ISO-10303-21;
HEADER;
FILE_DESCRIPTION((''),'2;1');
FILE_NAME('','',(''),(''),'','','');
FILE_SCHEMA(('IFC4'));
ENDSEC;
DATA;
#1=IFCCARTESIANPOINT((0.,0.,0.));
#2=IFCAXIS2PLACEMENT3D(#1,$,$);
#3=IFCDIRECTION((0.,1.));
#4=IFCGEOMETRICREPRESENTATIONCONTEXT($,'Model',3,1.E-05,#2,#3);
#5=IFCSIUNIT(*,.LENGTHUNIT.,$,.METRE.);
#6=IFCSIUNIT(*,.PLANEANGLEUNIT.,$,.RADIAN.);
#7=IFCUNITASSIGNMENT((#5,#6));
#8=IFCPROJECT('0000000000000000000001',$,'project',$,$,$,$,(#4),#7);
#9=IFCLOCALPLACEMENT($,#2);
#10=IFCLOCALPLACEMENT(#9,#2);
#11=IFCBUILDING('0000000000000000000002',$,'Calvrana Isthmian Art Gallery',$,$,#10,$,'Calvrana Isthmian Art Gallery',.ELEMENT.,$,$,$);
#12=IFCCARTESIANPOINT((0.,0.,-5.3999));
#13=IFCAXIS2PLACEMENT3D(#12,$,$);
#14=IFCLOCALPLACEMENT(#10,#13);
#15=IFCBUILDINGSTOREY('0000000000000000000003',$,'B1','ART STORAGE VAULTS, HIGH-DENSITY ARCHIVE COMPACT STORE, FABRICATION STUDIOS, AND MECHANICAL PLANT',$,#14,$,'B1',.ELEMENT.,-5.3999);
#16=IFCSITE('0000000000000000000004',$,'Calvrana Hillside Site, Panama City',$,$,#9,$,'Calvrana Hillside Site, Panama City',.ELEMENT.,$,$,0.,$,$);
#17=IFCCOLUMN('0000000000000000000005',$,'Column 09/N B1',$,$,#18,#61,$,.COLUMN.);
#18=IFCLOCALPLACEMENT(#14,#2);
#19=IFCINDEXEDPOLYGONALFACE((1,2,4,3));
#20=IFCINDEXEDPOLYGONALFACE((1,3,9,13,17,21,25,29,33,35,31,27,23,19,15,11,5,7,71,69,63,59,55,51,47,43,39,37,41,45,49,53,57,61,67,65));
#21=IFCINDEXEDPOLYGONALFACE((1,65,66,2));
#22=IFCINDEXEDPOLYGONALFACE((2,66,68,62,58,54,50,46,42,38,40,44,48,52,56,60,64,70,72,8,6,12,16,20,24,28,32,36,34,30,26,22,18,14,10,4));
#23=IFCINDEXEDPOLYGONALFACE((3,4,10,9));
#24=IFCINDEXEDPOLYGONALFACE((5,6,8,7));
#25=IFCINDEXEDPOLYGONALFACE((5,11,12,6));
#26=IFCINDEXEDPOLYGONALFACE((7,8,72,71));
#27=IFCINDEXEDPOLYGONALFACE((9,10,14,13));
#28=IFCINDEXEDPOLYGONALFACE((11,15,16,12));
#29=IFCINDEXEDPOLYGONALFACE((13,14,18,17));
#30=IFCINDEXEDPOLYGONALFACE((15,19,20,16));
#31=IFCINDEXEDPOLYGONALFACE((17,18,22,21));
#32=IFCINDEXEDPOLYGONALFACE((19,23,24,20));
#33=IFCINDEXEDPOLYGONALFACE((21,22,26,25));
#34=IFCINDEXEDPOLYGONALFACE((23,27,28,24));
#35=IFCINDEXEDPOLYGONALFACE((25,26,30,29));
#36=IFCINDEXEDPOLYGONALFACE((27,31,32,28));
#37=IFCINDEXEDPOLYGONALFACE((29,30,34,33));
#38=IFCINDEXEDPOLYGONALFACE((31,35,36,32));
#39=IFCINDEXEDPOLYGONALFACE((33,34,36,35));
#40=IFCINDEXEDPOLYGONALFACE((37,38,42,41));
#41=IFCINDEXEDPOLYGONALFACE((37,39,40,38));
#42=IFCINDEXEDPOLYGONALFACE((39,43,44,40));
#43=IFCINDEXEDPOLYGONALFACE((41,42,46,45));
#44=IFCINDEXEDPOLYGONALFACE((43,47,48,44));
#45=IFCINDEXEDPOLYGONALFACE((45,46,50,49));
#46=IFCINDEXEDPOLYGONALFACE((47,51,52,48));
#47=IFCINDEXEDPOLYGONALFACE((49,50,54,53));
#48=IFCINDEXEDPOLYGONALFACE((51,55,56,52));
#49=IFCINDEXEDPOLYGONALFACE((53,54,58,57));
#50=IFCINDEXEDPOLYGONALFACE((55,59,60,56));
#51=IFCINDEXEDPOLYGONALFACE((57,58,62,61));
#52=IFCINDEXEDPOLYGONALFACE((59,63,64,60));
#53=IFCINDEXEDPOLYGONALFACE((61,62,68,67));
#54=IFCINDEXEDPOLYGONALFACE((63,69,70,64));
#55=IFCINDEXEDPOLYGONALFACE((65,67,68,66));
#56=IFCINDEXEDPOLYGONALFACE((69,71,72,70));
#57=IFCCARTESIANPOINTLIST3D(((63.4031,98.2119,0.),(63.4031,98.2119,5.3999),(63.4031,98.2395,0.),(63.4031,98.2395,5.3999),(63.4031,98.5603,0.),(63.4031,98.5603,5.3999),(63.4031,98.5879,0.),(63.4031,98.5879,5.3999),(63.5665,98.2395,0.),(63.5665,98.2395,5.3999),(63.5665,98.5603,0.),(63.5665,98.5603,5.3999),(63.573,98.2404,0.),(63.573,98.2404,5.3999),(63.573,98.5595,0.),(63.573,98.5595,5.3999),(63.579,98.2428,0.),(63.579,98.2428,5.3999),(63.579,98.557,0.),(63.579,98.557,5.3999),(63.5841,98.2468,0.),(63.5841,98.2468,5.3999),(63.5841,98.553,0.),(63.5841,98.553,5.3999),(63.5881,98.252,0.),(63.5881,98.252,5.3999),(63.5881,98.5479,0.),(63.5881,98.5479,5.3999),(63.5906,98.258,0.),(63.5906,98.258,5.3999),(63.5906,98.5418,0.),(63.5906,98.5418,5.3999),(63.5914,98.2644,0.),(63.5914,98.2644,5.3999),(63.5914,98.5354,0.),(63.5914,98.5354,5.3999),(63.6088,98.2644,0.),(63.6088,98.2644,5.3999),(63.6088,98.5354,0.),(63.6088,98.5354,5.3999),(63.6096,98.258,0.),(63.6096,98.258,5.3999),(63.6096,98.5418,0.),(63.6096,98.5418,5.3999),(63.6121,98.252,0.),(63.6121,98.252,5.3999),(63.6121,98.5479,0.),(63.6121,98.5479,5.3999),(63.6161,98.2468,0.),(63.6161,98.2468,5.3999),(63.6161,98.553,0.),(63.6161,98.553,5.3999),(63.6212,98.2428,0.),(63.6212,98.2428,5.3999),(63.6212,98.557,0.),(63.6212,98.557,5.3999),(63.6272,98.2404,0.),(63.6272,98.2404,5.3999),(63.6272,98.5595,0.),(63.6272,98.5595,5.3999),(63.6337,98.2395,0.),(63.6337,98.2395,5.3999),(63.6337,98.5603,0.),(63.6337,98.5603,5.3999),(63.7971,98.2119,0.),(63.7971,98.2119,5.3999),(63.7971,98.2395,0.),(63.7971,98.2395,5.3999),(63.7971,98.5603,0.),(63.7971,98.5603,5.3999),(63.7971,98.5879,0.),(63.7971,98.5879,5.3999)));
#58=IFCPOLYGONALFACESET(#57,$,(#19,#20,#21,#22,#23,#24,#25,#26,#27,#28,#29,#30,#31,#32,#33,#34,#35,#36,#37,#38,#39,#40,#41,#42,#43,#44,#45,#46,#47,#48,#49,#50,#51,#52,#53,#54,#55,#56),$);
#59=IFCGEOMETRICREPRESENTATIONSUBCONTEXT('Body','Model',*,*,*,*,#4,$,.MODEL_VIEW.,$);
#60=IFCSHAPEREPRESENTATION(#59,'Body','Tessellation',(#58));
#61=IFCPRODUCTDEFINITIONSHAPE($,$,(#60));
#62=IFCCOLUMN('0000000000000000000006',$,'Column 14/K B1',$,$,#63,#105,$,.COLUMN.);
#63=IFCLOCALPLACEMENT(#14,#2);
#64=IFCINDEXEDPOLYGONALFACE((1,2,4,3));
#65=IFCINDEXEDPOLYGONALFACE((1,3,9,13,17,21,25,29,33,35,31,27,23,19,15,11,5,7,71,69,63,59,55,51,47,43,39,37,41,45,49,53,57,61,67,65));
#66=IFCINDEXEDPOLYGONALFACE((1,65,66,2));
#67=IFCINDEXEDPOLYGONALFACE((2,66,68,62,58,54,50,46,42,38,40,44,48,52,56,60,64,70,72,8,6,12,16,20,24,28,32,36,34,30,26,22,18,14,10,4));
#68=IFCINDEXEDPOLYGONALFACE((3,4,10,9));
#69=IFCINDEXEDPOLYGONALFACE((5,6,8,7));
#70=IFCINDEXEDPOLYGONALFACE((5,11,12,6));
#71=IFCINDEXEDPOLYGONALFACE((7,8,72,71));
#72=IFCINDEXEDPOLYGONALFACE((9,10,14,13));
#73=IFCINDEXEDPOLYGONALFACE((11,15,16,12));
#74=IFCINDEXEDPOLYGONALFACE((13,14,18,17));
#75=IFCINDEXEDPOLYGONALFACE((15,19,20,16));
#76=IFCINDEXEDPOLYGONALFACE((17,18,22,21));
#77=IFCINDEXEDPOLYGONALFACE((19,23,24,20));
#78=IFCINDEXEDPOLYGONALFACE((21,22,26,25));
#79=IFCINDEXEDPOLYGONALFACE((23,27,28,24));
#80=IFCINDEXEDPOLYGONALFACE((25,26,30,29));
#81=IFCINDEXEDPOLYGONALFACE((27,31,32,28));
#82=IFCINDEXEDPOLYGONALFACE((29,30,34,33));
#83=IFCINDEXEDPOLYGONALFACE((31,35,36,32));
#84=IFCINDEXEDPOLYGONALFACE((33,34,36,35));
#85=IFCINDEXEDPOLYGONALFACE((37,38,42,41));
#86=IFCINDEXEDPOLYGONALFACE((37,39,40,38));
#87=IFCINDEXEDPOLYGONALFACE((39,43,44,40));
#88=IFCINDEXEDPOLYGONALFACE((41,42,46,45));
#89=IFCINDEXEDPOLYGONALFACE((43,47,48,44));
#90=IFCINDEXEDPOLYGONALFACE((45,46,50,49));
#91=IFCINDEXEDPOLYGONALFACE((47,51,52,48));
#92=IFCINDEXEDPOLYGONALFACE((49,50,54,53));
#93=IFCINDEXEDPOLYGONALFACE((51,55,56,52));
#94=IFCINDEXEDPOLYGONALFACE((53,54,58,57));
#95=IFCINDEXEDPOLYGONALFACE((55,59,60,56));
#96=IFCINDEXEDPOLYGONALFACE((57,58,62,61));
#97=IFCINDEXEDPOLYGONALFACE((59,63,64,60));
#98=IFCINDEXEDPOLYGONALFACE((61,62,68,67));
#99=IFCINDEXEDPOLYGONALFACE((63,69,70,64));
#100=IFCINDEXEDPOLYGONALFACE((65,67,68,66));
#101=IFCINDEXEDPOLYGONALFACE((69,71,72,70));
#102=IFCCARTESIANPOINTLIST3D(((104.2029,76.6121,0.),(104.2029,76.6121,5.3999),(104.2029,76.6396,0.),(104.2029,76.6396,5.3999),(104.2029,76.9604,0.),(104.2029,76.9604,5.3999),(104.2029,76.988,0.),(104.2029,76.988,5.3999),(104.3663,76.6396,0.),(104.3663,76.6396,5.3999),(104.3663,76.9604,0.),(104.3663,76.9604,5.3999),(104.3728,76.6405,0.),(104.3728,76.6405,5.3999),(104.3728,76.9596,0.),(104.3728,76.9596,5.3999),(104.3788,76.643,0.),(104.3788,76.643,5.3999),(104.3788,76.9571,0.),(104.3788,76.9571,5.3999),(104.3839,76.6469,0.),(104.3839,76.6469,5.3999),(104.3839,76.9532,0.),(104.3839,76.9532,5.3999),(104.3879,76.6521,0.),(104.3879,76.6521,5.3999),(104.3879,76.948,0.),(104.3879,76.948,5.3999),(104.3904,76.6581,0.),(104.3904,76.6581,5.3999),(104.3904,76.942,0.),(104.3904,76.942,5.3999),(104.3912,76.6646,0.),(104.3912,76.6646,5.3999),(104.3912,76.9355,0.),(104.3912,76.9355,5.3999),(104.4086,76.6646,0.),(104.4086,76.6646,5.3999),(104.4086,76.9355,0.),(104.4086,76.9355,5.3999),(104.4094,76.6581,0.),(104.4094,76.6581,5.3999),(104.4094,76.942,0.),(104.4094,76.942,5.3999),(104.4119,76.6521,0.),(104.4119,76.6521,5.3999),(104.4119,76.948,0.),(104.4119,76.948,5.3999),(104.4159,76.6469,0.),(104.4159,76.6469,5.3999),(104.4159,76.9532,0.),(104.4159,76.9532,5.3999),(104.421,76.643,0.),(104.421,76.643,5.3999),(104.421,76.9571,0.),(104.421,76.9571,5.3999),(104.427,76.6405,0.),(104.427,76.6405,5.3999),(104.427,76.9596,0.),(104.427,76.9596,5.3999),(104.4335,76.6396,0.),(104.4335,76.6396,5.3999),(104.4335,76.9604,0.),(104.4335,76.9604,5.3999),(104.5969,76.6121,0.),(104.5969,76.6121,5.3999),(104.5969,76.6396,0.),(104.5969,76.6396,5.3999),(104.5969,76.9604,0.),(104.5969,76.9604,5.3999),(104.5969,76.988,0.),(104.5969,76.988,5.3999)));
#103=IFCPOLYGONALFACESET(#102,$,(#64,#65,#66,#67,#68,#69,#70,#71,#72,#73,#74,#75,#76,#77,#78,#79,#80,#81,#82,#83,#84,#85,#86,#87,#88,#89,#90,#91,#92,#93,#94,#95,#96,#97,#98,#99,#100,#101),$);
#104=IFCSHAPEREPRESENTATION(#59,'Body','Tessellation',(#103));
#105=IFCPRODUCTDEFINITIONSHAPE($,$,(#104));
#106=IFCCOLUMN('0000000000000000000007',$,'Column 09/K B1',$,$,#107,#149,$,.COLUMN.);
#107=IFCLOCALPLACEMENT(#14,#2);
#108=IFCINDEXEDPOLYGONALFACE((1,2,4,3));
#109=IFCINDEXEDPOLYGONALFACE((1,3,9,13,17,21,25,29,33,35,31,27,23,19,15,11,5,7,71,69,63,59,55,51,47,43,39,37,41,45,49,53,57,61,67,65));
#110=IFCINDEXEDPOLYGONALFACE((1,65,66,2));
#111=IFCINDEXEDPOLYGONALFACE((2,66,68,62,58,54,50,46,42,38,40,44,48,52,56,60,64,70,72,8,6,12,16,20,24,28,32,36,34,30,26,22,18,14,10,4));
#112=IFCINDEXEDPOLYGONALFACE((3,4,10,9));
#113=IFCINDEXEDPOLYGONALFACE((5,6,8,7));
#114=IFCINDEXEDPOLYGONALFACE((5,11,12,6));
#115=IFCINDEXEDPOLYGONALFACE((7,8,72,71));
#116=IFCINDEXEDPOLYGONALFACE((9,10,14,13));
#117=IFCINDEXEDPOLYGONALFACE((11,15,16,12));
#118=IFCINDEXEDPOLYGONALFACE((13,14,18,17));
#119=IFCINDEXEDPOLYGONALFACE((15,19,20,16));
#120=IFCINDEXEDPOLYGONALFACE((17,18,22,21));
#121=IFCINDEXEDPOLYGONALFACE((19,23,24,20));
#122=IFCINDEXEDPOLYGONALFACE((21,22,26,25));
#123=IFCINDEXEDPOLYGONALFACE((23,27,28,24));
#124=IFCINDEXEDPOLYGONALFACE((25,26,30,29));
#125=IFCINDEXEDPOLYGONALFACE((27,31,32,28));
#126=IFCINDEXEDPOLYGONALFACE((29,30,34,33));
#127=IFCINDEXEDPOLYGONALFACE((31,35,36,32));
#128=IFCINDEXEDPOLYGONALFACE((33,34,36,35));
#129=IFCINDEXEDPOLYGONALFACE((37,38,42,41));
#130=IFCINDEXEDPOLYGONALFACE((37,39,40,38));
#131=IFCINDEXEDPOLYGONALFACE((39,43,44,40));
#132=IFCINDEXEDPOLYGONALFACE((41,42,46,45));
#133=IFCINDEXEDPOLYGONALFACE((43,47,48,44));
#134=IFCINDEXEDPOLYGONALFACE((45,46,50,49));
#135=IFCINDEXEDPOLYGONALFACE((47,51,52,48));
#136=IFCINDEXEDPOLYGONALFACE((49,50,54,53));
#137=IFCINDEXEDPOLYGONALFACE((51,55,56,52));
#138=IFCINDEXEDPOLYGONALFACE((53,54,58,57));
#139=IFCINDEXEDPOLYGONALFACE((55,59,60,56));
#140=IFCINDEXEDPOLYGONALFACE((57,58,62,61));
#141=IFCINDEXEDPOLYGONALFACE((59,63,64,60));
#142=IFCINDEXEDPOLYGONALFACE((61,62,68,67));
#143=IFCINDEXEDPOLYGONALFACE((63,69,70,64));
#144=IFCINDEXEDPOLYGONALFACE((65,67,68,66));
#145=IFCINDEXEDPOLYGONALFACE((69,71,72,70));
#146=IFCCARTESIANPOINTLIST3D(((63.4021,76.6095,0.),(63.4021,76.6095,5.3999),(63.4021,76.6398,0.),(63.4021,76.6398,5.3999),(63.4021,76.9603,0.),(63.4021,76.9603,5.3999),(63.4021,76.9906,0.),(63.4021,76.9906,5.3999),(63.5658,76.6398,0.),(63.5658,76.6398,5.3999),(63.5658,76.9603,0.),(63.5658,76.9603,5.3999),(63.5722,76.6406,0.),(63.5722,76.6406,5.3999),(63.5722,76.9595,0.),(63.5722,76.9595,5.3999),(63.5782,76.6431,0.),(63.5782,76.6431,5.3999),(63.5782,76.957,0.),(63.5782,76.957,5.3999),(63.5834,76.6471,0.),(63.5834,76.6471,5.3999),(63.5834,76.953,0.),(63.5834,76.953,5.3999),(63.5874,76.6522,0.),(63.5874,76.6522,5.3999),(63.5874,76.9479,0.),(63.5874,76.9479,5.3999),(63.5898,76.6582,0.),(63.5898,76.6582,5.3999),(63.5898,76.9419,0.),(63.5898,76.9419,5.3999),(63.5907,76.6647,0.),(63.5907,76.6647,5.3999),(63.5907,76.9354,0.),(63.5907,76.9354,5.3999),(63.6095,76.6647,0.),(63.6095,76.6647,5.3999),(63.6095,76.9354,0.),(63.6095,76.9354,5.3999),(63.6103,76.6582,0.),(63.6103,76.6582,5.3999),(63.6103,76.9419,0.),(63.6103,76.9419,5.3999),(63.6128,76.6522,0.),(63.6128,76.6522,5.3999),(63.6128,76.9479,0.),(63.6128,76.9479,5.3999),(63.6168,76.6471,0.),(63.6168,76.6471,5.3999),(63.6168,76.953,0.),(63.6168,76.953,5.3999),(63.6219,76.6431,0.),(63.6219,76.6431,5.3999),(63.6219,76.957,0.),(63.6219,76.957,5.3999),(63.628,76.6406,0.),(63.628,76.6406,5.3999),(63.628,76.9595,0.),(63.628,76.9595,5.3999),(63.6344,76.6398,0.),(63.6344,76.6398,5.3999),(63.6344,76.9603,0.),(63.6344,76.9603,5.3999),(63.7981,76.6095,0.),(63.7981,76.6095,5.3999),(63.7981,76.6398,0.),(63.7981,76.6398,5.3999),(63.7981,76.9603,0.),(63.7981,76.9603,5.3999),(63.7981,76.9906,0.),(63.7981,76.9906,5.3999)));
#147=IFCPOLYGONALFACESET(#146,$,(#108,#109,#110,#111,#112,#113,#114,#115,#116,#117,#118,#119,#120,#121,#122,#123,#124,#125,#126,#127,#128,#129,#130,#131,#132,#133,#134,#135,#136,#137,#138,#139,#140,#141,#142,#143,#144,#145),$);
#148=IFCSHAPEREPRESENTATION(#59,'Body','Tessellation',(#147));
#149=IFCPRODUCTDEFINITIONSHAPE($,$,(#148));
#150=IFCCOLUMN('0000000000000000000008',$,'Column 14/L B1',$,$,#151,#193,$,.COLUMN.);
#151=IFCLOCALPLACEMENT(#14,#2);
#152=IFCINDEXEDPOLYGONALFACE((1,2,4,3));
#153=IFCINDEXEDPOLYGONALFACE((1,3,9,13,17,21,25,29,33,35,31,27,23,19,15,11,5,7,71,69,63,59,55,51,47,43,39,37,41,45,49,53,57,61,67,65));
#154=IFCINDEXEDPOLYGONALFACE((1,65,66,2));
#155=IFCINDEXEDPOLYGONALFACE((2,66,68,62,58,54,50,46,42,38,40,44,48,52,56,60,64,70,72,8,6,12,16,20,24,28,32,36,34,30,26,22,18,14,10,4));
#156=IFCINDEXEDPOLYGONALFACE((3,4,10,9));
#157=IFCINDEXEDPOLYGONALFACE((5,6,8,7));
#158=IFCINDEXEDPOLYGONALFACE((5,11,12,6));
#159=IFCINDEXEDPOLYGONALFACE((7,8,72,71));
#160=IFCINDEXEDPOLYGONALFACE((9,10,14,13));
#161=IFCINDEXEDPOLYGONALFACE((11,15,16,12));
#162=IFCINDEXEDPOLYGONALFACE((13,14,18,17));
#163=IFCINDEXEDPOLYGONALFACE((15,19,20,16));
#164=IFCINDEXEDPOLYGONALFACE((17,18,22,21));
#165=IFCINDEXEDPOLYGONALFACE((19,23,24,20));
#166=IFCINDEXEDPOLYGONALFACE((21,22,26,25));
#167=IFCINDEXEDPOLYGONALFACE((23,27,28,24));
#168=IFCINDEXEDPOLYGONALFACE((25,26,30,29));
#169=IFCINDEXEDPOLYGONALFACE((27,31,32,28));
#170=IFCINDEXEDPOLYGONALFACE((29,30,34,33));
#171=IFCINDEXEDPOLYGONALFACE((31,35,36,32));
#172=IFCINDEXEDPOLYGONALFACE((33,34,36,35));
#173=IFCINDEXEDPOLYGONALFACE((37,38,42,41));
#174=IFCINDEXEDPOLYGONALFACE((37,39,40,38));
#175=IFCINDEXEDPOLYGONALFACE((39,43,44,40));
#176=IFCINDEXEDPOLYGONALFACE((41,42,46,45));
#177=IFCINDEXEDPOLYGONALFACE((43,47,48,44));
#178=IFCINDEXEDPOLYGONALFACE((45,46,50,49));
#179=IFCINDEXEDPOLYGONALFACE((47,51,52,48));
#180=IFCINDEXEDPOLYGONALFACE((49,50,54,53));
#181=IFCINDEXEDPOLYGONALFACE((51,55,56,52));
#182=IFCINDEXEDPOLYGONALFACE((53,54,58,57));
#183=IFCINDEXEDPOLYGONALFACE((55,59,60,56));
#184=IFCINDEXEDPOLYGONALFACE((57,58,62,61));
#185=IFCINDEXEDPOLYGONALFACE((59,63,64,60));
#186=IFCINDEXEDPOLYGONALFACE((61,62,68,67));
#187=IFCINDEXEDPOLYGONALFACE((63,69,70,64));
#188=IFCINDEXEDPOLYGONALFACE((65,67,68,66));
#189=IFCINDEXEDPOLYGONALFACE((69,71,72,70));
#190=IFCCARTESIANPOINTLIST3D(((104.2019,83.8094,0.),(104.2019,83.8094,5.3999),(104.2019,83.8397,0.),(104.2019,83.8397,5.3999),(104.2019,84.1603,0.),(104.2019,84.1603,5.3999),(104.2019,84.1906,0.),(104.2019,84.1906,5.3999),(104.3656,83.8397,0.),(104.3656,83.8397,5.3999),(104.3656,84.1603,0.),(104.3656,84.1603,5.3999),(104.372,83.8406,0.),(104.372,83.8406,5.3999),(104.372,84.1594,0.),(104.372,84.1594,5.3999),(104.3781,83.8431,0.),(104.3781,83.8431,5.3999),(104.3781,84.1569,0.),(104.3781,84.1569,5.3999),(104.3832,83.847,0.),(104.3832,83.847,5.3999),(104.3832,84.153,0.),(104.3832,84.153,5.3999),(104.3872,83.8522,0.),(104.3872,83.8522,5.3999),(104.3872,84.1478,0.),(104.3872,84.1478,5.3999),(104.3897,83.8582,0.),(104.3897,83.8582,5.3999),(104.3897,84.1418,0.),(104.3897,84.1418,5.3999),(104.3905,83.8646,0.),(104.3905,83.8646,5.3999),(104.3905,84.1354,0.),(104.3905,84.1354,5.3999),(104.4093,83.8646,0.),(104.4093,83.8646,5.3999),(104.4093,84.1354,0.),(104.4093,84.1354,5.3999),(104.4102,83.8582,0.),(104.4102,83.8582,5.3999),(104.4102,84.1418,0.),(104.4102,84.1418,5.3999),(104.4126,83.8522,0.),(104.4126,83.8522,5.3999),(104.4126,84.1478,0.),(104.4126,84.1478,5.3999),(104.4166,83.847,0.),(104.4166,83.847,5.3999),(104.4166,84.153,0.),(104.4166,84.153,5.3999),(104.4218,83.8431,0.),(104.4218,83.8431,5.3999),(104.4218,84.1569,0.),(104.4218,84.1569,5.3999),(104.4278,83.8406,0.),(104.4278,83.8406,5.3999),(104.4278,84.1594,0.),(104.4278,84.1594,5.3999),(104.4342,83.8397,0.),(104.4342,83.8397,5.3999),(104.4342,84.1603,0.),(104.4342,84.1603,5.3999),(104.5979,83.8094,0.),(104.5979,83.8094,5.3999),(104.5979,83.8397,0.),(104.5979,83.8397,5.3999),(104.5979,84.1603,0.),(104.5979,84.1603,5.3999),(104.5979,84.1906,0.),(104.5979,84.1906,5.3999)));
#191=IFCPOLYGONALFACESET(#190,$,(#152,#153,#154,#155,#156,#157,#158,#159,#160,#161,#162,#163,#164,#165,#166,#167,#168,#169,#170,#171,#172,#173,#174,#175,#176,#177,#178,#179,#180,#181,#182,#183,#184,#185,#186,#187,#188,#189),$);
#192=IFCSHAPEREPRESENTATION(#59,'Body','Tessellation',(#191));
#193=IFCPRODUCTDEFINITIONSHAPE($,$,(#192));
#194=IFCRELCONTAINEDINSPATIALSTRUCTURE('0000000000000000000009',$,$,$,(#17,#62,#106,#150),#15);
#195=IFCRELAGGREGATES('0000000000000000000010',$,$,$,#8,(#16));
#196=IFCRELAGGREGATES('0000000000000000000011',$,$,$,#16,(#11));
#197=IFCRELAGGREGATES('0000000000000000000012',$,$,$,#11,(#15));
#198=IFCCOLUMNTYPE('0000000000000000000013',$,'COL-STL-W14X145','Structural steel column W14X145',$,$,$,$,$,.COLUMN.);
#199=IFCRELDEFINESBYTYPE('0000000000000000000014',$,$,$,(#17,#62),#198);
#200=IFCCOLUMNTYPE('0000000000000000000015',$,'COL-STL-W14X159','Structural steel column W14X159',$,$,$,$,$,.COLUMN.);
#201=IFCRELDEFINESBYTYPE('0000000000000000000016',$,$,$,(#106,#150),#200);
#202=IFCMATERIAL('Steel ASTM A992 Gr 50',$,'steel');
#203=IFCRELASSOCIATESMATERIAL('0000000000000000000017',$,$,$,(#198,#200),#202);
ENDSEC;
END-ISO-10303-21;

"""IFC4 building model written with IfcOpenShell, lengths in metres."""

from ifc_helpers import new_model, si_unit, direction, frame, origin, origin_2d, place, context, subcontext, project, spatial, i_section, extrude, material, material_profile, profile_set, type_object, element, save


model = new_model("IFC4")

# Units and contexts
model_context = context("Model", 3, precision=1e-05, world=origin(), true_north=direction((0.0, 1.0)))
body_context = subcontext(model_context, "Body", "Model", "MODEL_VIEW")
ifc_project = project(units=[si_unit("LENGTHUNIT", "METRE"), si_unit("PLANEANGLEUNIT", "RADIAN")], contexts=[model_context])

# Site, building, storey
site_placement = place(None, origin())
site = spatial("IfcSite", under=ifc_project, at=site_placement, Name="Calvrana Hillside Site, Panama City", LongName="Calvrana Hillside Site, Panama City", CompositionType="ELEMENT", RefElevation=0.0)
building_placement = place(site_placement, origin())
building = spatial("IfcBuilding", under=site, at=building_placement, Name="Calvrana Isthmian Art Gallery", LongName="Calvrana Isthmian Art Gallery", CompositionType="ELEMENT")
storey_placement = place(building_placement, frame((0.0, 0.0, -5.3999)))
storey = spatial("IfcBuildingStorey", under=building, at=storey_placement, Name="B1", Description="ART STORAGE VAULTS, HIGH-DENSITY ARCHIVE COMPACT STORE, FABRICATION STUDIOS, AND MECHANICAL PLANT", LongName="B1", CompositionType="ELEMENT", Elevation=-5.3999)

# Columns
ifc_material_1 = material(Name="Steel ASTM A992 Gr 50", Category="steel")
ifc_material_profile_1 = material_profile(ifc_material_1, i_section(OverallWidth=0.394, OverallDepth=0.376, WebThickness=0.0173, FlangeThickness=0.0276, FilletRadius=0.0249, at=origin_2d()), Name="W14X145")
ifc_profile_set_1 = profile_set([ifc_material_profile_1], Name="Steel ASTM A992 Gr 50")
column_type_1 = type_object("IfcColumnType", Name="COL-STL-W14X145", Description="Structural steel column W14X145", PredefinedType="COLUMN", material=ifc_profile_set_1)
for number, where, z_axis, x_axis, name in (
    (1, (63.6001, 98.3999, 0.0), (0.0, 0.0, 1.0), (1.0, 0.0, 0.0), "Column 09/N B1"),
    (2, (104.3999, 76.8, 0.0), (0.0, 0.0, 1.0), (1.0, 0.0, 0.0), "Column 14/K B1"),
):
    element("IfcColumn", number, at=place(storey_placement, frame(where, z_axis=z_axis, x_axis=x_axis)), inside=storey, type_object=column_type_1, Name=name, PredefinedType="COLUMN", context=body_context, shape_type="SweptSolid", body=[
        extrude(i_section(OverallWidth=0.394, OverallDepth=0.376, WebThickness=0.0173, FlangeThickness=0.0276, FilletRadius=0.0249, at=origin_2d()), origin(), (0.0, 0.0, 1.0), 5.3999),
    ])
ifc_material_profile_2 = material_profile(ifc_material_1, i_section(OverallWidth=0.396, OverallDepth=0.3811, WebThickness=0.0188, FlangeThickness=0.0303, FilletRadius=0.0249, at=origin_2d()), Name="W14X159")
ifc_profile_set_2 = profile_set([ifc_material_profile_2], Name="Steel ASTM A992 Gr 50")
column_type_2 = type_object("IfcColumnType", Name="COL-STL-W14X159", Description="Structural steel column W14X159", PredefinedType="COLUMN", material=ifc_profile_set_2)
for number, where, z_axis, x_axis, name in (
    (3, (63.6001, 76.8, 0.0), (0.0, 0.0, 1.0), (1.0, 0.0, 0.0), "Column 09/K B1"),
    (4, (104.3999, 84.0, 0.0), (0.0, 0.0, 1.0), (1.0, 0.0, 0.0), "Column 14/L B1"),
):
    element("IfcColumn", number, at=place(storey_placement, frame(where, z_axis=z_axis, x_axis=x_axis)), inside=storey, type_object=column_type_2, Name=name, PredefinedType="COLUMN", context=body_context, shape_type="SweptSolid", body=[
        extrude(i_section(OverallWidth=0.396, OverallDepth=0.3811, WebThickness=0.0188, FlangeThickness=0.0303, FilletRadius=0.0249, at=origin_2d()), origin(), (0.0, 0.0, 1.0), 5.3999),
    ])

save(model, "model.ifc")
